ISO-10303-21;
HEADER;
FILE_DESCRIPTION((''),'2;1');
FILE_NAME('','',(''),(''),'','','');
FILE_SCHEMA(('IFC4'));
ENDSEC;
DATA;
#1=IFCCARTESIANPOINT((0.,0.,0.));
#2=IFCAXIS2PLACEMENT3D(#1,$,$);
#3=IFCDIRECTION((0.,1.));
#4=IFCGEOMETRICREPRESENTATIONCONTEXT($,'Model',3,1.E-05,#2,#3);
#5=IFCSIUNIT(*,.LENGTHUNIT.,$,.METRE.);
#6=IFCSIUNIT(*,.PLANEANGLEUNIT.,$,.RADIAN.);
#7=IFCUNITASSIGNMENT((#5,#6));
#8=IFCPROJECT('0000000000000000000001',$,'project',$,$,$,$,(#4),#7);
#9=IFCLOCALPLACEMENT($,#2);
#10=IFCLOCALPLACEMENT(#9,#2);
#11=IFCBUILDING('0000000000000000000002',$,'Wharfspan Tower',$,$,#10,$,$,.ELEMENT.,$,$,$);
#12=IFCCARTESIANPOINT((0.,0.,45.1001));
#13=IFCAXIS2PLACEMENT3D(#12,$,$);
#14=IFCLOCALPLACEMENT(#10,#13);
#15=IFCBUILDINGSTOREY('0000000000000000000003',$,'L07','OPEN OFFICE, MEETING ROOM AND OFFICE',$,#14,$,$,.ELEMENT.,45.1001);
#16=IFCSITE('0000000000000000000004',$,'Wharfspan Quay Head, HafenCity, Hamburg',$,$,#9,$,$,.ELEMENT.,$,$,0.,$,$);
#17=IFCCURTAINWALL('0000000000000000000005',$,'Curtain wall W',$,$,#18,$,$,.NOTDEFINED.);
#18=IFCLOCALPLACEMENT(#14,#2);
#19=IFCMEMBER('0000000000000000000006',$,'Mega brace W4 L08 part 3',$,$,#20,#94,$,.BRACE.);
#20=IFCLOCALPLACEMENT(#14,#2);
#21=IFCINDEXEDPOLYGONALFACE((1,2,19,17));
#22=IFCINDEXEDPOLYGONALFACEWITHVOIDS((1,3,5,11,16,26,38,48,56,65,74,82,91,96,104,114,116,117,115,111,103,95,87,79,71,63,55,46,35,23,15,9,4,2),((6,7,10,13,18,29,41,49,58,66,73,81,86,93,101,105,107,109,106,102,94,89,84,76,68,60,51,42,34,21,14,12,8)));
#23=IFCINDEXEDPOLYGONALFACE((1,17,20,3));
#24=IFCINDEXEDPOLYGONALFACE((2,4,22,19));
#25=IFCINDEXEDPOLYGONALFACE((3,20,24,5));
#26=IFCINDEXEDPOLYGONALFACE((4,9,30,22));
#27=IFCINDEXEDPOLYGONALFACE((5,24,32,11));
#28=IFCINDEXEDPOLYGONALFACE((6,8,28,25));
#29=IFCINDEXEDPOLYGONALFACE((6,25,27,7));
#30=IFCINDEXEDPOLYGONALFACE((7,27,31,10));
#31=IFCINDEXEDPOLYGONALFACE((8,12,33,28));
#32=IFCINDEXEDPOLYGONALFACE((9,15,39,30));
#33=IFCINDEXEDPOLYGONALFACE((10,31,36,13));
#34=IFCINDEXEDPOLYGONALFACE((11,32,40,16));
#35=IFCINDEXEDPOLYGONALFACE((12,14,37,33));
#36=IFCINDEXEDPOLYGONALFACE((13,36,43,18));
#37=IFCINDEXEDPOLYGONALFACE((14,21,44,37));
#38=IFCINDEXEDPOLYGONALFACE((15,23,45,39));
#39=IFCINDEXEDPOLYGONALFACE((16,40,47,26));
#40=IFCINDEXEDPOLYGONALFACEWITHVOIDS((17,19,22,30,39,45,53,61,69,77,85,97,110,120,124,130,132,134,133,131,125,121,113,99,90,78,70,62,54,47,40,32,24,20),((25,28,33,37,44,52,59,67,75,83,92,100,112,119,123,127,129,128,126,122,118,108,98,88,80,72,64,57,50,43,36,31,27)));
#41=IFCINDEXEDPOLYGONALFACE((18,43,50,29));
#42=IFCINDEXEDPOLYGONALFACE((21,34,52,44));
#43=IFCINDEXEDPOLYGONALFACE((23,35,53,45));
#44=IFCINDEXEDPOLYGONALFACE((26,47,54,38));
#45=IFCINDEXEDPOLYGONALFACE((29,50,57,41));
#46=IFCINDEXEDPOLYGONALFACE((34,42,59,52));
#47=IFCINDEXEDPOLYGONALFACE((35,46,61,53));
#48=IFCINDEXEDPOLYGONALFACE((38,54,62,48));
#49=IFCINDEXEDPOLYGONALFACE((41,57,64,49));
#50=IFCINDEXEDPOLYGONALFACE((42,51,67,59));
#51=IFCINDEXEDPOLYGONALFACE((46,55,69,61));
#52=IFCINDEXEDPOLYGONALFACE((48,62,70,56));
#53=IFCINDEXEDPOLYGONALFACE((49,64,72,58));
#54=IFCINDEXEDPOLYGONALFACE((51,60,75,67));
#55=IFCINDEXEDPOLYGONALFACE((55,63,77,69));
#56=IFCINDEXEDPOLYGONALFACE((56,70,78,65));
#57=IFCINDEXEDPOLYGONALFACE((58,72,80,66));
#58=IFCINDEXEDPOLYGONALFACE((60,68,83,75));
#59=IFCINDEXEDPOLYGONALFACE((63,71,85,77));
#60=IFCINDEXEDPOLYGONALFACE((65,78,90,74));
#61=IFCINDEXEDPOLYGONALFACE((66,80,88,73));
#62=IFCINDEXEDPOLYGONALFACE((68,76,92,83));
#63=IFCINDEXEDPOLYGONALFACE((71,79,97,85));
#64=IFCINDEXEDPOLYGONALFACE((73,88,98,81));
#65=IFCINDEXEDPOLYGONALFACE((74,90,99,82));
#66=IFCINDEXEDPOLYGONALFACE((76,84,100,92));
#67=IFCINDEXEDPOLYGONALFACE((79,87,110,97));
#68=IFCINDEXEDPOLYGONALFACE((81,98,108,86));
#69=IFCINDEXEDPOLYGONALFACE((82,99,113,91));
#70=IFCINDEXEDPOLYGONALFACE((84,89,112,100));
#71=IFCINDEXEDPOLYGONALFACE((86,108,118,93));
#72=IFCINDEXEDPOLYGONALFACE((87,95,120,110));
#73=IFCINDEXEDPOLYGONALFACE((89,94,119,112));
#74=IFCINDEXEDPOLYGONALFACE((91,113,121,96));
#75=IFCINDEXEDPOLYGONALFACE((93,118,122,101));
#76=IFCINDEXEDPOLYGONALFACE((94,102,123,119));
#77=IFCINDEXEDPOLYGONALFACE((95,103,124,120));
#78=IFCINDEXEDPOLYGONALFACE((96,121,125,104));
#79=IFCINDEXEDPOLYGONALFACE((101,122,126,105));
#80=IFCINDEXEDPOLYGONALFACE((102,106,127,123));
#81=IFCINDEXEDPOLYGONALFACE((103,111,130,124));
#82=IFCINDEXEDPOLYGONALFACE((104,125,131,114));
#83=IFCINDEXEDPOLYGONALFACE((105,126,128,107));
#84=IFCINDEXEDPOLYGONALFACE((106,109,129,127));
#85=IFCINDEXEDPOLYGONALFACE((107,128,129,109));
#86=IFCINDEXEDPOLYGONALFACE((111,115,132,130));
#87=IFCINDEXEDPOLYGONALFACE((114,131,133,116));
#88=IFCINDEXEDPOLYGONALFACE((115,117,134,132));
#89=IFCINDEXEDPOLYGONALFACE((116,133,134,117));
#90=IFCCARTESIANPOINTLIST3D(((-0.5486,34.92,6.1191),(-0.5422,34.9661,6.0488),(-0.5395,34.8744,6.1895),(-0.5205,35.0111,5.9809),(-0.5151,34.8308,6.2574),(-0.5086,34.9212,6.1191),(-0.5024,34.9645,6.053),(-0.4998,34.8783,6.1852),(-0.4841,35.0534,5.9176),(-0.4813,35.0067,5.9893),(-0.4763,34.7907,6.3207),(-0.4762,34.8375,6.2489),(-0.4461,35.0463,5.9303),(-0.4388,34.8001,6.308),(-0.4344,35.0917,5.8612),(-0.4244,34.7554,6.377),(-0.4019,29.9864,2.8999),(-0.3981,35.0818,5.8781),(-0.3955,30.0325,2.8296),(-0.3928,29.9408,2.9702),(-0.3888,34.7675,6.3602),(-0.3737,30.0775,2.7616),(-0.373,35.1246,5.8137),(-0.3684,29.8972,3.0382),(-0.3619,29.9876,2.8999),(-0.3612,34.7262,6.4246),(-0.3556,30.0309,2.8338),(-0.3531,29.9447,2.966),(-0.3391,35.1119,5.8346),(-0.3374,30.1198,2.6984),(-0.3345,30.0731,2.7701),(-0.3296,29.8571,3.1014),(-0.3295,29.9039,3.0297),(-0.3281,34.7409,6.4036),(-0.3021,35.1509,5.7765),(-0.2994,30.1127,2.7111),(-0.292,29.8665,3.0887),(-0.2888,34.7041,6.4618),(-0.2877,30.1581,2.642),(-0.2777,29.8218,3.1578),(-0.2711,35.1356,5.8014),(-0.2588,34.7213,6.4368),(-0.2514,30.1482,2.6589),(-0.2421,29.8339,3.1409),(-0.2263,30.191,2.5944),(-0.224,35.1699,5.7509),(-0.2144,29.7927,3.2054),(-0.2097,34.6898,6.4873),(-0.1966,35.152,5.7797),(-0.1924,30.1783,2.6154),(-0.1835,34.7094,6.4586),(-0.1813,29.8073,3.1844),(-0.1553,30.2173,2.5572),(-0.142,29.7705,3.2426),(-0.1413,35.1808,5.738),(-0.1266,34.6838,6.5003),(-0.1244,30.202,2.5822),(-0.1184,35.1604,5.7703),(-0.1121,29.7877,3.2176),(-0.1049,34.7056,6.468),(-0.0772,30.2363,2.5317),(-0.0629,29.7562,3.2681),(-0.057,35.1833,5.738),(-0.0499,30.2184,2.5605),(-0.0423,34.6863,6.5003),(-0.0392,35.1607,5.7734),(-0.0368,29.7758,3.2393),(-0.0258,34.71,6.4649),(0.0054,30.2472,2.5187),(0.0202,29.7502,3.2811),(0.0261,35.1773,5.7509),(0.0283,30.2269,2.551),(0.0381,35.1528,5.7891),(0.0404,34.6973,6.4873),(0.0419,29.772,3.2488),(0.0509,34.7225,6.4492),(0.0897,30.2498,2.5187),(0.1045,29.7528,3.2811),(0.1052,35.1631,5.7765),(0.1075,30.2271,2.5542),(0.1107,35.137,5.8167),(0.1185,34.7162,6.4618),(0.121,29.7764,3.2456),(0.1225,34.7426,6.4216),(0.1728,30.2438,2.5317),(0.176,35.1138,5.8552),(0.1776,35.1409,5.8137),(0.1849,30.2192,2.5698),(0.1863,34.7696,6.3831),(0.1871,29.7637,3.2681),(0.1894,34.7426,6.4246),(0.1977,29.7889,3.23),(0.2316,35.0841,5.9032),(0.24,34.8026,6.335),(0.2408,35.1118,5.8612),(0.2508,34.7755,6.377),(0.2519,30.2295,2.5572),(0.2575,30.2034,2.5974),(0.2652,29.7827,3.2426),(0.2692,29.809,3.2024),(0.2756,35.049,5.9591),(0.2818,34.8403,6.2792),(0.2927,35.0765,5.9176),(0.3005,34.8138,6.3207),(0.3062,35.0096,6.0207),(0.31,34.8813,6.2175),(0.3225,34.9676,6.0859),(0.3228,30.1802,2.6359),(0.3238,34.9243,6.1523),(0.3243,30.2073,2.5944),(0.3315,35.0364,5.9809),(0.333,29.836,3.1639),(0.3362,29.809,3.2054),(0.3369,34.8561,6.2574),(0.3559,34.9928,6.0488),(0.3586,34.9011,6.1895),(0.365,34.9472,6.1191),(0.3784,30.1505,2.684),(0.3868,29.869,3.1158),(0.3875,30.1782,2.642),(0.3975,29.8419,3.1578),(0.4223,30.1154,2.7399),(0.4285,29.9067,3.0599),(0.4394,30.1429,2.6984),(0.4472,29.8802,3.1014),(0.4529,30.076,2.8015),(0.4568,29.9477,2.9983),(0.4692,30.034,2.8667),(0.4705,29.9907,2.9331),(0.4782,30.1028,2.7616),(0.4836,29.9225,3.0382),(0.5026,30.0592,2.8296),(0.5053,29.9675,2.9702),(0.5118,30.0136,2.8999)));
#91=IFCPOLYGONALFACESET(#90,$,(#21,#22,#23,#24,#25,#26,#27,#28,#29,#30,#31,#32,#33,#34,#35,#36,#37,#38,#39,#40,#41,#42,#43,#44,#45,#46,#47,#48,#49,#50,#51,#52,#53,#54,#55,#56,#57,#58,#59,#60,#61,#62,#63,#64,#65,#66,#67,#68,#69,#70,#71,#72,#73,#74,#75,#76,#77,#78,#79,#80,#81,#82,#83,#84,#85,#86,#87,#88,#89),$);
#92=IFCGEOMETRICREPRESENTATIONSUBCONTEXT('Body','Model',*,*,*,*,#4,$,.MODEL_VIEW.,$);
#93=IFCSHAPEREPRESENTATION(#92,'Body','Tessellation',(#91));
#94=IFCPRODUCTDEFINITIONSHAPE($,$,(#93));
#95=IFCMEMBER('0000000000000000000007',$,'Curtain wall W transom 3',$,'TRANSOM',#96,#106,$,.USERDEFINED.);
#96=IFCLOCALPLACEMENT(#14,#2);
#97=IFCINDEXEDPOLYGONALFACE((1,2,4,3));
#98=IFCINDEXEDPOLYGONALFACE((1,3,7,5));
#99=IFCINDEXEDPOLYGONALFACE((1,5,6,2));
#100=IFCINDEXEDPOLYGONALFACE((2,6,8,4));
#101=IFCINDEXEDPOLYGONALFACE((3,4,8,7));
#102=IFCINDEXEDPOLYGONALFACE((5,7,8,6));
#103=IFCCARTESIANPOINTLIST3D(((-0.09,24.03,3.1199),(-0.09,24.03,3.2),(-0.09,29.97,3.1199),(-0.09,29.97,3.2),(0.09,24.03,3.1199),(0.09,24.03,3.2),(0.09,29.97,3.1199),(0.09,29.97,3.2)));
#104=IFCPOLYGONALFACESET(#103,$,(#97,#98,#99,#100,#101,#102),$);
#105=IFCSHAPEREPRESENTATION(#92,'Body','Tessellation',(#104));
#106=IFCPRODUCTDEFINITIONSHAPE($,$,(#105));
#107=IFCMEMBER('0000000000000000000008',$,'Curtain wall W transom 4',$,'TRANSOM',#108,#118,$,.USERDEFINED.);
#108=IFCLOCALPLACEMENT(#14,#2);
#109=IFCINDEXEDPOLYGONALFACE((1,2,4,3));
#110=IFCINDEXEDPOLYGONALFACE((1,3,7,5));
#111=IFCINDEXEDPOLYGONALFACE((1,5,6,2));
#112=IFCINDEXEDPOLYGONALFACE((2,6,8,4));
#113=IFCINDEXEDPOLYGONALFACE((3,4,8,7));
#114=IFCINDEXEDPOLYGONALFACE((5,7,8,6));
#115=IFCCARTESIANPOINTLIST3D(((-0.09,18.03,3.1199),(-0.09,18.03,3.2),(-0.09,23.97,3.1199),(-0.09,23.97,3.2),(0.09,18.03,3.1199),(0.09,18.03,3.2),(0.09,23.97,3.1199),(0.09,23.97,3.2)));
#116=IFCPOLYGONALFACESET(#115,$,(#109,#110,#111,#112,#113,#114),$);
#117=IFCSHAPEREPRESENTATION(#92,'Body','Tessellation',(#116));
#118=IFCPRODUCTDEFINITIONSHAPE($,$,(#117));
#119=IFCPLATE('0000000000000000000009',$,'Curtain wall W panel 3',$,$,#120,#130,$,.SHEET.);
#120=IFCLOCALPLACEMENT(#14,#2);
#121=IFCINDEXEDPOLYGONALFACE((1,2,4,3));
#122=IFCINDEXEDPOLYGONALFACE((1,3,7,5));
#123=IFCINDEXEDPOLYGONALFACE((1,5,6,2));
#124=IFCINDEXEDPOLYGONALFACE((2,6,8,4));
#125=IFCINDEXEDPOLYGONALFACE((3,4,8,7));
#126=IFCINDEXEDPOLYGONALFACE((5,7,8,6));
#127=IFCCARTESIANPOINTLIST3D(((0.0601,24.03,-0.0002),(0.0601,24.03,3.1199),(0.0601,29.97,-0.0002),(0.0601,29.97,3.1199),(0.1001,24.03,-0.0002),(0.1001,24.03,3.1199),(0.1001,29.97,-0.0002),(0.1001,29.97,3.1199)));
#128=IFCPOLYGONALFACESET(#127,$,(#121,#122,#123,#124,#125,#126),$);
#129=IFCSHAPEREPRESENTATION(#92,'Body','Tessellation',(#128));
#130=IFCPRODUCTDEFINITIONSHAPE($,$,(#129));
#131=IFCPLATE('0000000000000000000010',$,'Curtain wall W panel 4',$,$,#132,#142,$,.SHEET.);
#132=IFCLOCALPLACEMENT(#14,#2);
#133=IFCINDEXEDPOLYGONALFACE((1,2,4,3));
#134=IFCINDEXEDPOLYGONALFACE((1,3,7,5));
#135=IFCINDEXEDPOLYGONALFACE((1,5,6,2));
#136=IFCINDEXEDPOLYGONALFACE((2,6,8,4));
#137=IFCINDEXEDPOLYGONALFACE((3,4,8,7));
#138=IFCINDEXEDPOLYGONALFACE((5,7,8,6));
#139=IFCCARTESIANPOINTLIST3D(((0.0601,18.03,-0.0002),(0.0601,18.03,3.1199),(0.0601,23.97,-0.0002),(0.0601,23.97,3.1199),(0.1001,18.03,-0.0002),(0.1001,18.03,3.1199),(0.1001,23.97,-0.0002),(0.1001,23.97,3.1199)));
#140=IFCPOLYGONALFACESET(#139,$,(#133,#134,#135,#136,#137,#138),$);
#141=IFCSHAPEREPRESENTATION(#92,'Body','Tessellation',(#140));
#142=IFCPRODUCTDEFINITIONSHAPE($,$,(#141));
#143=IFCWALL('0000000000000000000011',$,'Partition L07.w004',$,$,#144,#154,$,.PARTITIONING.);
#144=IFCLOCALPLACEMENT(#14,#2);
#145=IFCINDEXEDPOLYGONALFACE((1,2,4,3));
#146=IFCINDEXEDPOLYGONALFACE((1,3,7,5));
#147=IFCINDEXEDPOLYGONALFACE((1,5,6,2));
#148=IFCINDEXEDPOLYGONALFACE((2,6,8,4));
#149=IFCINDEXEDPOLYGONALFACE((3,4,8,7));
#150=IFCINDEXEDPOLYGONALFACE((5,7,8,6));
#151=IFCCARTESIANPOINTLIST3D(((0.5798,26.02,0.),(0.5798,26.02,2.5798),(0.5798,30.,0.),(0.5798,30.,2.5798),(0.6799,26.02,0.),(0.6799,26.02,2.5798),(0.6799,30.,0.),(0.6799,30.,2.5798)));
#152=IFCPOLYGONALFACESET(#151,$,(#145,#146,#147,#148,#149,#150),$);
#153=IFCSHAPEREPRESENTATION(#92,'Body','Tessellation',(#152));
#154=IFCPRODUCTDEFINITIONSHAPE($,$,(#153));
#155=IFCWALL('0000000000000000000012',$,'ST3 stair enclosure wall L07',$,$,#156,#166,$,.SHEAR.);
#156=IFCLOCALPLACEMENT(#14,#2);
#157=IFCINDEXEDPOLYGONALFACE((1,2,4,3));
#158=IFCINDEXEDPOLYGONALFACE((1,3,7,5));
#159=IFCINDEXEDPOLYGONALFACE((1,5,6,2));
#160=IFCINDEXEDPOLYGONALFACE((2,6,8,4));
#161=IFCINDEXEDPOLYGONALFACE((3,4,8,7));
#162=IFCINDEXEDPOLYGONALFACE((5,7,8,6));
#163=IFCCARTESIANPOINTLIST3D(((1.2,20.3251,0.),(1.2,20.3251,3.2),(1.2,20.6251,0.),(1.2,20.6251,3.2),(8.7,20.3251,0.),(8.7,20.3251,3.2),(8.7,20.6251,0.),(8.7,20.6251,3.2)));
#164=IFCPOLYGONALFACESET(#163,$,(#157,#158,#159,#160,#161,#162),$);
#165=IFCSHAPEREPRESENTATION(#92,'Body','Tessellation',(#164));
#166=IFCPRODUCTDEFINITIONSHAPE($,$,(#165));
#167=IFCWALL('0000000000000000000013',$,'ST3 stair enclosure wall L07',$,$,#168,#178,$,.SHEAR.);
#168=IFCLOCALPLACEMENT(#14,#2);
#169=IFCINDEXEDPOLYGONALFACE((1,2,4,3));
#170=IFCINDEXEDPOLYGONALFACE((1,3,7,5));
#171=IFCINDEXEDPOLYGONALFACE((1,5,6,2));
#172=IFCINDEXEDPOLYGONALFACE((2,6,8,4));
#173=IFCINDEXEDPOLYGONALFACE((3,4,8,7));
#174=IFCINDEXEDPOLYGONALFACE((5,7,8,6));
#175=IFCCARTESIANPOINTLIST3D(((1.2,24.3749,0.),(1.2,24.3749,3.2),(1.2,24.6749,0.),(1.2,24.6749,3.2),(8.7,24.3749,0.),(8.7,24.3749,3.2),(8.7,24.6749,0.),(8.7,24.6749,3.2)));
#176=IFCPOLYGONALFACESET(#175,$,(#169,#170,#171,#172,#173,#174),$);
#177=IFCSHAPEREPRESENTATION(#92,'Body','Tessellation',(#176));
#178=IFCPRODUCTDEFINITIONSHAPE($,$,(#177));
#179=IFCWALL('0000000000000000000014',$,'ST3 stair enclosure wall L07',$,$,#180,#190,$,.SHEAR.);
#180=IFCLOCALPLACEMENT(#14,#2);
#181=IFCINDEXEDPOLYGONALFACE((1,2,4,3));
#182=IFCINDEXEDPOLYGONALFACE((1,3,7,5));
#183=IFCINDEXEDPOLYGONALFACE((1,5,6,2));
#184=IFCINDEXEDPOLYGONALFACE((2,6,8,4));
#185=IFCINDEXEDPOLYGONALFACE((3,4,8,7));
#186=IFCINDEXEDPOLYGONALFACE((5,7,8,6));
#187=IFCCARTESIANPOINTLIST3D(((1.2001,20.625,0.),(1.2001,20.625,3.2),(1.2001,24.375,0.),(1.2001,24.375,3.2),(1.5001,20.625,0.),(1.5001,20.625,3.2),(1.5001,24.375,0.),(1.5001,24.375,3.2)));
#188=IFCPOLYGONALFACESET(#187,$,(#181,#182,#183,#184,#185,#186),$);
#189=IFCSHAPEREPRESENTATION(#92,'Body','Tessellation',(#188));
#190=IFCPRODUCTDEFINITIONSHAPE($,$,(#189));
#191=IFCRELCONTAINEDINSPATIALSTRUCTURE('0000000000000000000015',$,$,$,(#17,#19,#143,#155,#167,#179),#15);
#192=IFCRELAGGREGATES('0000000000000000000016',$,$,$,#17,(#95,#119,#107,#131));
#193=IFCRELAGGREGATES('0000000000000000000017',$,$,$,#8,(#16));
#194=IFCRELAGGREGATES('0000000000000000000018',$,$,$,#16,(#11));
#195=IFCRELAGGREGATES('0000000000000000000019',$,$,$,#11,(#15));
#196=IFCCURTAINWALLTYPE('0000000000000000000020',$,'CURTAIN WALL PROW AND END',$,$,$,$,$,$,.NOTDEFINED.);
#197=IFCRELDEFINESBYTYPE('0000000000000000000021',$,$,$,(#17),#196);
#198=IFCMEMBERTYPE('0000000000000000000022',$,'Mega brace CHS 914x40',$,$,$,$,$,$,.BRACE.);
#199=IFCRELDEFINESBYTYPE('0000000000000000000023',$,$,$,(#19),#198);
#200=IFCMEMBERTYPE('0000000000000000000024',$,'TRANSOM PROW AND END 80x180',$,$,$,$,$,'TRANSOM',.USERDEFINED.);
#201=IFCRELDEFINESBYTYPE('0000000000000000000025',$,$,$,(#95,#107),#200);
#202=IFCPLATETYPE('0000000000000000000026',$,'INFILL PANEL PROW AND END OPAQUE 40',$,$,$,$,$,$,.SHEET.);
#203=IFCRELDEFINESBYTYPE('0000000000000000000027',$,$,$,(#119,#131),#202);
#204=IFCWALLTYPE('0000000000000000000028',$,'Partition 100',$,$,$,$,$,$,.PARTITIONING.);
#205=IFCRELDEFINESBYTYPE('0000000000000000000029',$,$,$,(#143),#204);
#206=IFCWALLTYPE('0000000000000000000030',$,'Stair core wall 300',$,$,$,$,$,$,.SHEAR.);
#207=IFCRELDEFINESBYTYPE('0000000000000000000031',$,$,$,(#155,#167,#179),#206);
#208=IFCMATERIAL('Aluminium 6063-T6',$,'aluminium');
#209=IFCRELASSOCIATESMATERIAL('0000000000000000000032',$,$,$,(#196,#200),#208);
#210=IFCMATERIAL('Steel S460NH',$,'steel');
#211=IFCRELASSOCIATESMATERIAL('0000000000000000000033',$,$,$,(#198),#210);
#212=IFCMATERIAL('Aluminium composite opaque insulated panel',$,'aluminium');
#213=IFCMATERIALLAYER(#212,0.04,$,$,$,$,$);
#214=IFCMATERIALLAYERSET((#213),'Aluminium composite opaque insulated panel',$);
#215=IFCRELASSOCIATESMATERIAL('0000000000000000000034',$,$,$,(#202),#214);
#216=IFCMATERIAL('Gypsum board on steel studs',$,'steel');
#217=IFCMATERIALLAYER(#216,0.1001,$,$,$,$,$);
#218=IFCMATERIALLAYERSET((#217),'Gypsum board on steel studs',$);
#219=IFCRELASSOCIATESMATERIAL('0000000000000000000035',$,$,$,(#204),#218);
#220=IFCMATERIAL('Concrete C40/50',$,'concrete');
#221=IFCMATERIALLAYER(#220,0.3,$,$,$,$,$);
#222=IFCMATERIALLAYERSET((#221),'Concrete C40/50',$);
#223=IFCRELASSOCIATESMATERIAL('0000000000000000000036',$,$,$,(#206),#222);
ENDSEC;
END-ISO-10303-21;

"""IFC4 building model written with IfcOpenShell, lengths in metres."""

from ifc_helpers import new_model, si_unit, direction, frame, frame_2d, origin, origin_2d, place, context, subcontext, project, spatial, rectangle, hollow_circle, extrude, material, layer, layer_set, material_profile, profile_set, type_object, element, aggregate, save


model = new_model("IFC4")

# Units and contexts
model_context = context("Model", 3, precision=1e-05, world=origin(), true_north=direction((0.0, 1.0)))
body_context = subcontext(model_context, "Body", "Model", "MODEL_VIEW")
ifc_project = project(units=[si_unit("LENGTHUNIT", "METRE"), si_unit("PLANEANGLEUNIT", "RADIAN")], contexts=[model_context])

# Site, building, storey
site_placement = place(None, origin())
site = spatial("IfcSite", under=ifc_project, at=site_placement, Name="Wharfspan Quay Head, HafenCity, Hamburg", CompositionType="ELEMENT", RefElevation=0.0)
building_placement = place(site_placement, origin())
building = spatial("IfcBuilding", under=site, at=building_placement, Name="Wharfspan Tower", CompositionType="ELEMENT")
storey_placement = place(building_placement, frame((0.0, 0.0, 45.1001)))
storey = spatial("IfcBuildingStorey", under=building, at=storey_placement, Name="L07", Description="OPEN OFFICE, MEETING ROOM AND OFFICE", CompositionType="ELEMENT", Elevation=45.1001)

# Curtain wall
ifc_material_1 = material(Name="Aluminium 6063-T6", Category="aluminium")
curtain_wall_type = type_object("IfcCurtainWallType", Name="CURTAIN WALL PROW AND END", PredefinedType="NOTDEFINED", material=ifc_material_1)
curtain_wall_placement = place(storey_placement, origin())
curtain_wall = element("IfcCurtainWall", 1, at=curtain_wall_placement, inside=storey, type_object=curtain_wall_type, Name="Curtain wall W", PredefinedType="NOTDEFINED")

# Member
ifc_material_2 = material(Name="Steel S460NH", Category="steel")
ifc_material_profile_1 = material_profile(ifc_material_2, hollow_circle(Radius=0.457, WallThickness=0.04, at=origin_2d()))
ifc_profile_set_1 = profile_set([ifc_material_profile_1], Name="Steel S460NH")
member_type_1 = type_object("IfcMemberType", Name="Mega brace CHS 914x40", PredefinedType="BRACE", material=ifc_profile_set_1)
member_1_placement = place(storey_placement, frame((0.0549, 30.0, 2.8999), z_axis=(-0.0249, 0.837221, 0.546298), x_axis=(-0.999556, -0.02973, 0.000003)))
element("IfcMember", 2, at=member_1_placement, inside=storey, type_object=member_type_1, Name="Mega brace W4 L08 part 3", PredefinedType="BRACE", context=body_context, shape_type="SweptSolid", body=[
    extrude(hollow_circle(Radius=0.457, WallThickness=0.04, at=origin_2d()), origin(), (0.0, 0.0, 1.0), 5.8928),
])

# Members
ifc_material_profile_2 = material_profile(ifc_material_1, rectangle(XDim=0.1799, YDim=0.0801, at=origin_2d()))
ifc_profile_set_2 = profile_set([ifc_material_profile_2], Name="Aluminium 6063-T6")
member_type_2 = type_object("IfcMemberType", Name="TRANSOM PROW AND END 80x180", ElementType="TRANSOM", PredefinedType="USERDEFINED", material=ifc_profile_set_2)
member_2_placement = place(storey_placement, frame((0.0, 29.97, 3.1599), z_axis=(0.0, -1.0, 0.0), x_axis=(1.0, 0.0, 0.0)))
member_2 = element("IfcMember", 3, at=member_2_placement, type_object=member_type_2, Name="Curtain wall W transom 3", ObjectType="TRANSOM", PredefinedType="USERDEFINED", context=body_context, shape_type="SweptSolid", body=[
    extrude(rectangle(XDim=0.1799, YDim=0.0801, at=origin_2d()), origin(), (0.0, 0.0, 1.0), 5.9399),
])
member_3_placement = place(storey_placement, frame((0.0, 23.97, 3.1599), z_axis=(0.0, -1.0, 0.0), x_axis=(1.0, 0.0, 0.0)))
member_3 = element("IfcMember", 4, at=member_3_placement, type_object=member_type_2, Name="Curtain wall W transom 4", ObjectType="TRANSOM", PredefinedType="USERDEFINED", context=body_context, shape_type="SweptSolid", body=[
    extrude(rectangle(XDim=0.1799, YDim=0.0801, at=origin_2d()), origin(), (0.0, 0.0, 1.0), 5.9399),
])

# Plates
ifc_material_3 = material(Name="Aluminium composite opaque insulated panel", Category="aluminium")
ifc_layer_1 = layer(ifc_material_3, 0.04)
ifc_layer_set_1 = layer_set([ifc_layer_1], Name="Aluminium composite opaque insulated panel")
plate_type = type_object("IfcPlateType", Name="INFILL PANEL PROW AND END OPAQUE 40", PredefinedType="SHEET", material=ifc_layer_set_1)
plate_1_placement = place(storey_placement, frame((0.0801, 27.0, -0.0002), z_axis=(0.0, 0.0, 1.0), x_axis=(0.0, -1.0, 0.0)))
plate_1 = element("IfcPlate", 5, at=plate_1_placement, type_object=plate_type, Name="Curtain wall W panel 3", PredefinedType="SHEET", context=body_context, shape_type="SweptSolid", body=[
    extrude(rectangle(XDim=5.9399, YDim=0.04, at=origin_2d()), origin(), (0.0, 0.0, 1.0), 3.1201),
])
plate_2_placement = place(storey_placement, frame((0.0801, 21.0, -0.0002), z_axis=(0.0, 0.0, 1.0), x_axis=(0.0, -1.0, 0.0)))
plate_2 = element("IfcPlate", 6, at=plate_2_placement, type_object=plate_type, Name="Curtain wall W panel 4", PredefinedType="SHEET", context=body_context, shape_type="SweptSolid", body=[
    extrude(rectangle(XDim=5.9399, YDim=0.04, at=origin_2d()), origin(), (0.0, 0.0, 1.0), 3.1201),
])
aggregate(curtain_wall, [member_2, plate_1, member_3, plate_2])

# Walls
ifc_material_4 = material(Name="Gypsum board on steel studs", Category="steel")
ifc_layer_2 = layer(ifc_material_4, 0.1001)
ifc_layer_set_2 = layer_set([ifc_layer_2], Name="Gypsum board on steel studs")
wall_type_1 = type_object("IfcWallType", Name="Partition 100", PredefinedType="PARTITIONING", material=ifc_layer_set_2)
wall_1_placement = place(storey_placement, frame((0.6299, 26.02, 0.0), z_axis=(0.0, 0.0, 1.0), x_axis=(0.0, 1.0, 0.0)))
element("IfcWall", 7, at=wall_1_placement, inside=storey, type_object=wall_type_1, Name="Partition L07.w004", PredefinedType="PARTITIONING", context=body_context, shape_type="SweptSolid", body=[
    extrude(rectangle(XDim=3.98, YDim=0.1001, at=frame_2d((1.99, 0.0))), origin(), (0.0, 0.0, 1.0), 2.5798),
])
ifc_material_5 = material(Name="Concrete C40/50", Category="concrete")
ifc_layer_3 = layer(ifc_material_5, 0.3)
ifc_layer_set_3 = layer_set([ifc_layer_3], Name="Concrete C40/50")
wall_type_2 = type_object("IfcWallType", Name="Stair core wall 300", PredefinedType="SHEAR", material=ifc_layer_set_3)
for number, where, z_axis, x_axis, name in (
    (8, (1.2, 20.4751, 0.0), (0.0, 0.0, 1.0), (1.0, 0.0, 0.0), "ST3 stair enclosure wall L07"),
    (9, (1.2, 24.5249, 0.0), (0.0, 0.0, 1.0), (1.0, 0.0, 0.0), "ST3 stair enclosure wall L07"),
):
    element("IfcWall", number, at=place(storey_placement, frame(where, z_axis=z_axis, x_axis=x_axis)), inside=storey, type_object=wall_type_2, Name=name, PredefinedType="SHEAR", context=body_context, shape_type="SweptSolid", body=[
        extrude(rectangle(XDim=7.5, YDim=0.3, at=frame_2d((3.75, 0.0))), origin(), (0.0, 0.0, 1.0), 3.2),
    ])
wall_2_placement = place(storey_placement, frame((1.3501, 20.625, 0.0), z_axis=(0.0, 0.0, 1.0), x_axis=(0.0, 1.0, 0.0)))
element("IfcWall", 10, at=wall_2_placement, inside=storey, type_object=wall_type_2, Name="ST3 stair enclosure wall L07", PredefinedType="SHEAR", context=body_context, shape_type="SweptSolid", body=[
    extrude(rectangle(XDim=3.75, YDim=0.3, at=frame_2d((1.875, 0.0))), origin(), (0.0, 0.0, 1.0), 3.2),
])

save(model, "model.ifc")
